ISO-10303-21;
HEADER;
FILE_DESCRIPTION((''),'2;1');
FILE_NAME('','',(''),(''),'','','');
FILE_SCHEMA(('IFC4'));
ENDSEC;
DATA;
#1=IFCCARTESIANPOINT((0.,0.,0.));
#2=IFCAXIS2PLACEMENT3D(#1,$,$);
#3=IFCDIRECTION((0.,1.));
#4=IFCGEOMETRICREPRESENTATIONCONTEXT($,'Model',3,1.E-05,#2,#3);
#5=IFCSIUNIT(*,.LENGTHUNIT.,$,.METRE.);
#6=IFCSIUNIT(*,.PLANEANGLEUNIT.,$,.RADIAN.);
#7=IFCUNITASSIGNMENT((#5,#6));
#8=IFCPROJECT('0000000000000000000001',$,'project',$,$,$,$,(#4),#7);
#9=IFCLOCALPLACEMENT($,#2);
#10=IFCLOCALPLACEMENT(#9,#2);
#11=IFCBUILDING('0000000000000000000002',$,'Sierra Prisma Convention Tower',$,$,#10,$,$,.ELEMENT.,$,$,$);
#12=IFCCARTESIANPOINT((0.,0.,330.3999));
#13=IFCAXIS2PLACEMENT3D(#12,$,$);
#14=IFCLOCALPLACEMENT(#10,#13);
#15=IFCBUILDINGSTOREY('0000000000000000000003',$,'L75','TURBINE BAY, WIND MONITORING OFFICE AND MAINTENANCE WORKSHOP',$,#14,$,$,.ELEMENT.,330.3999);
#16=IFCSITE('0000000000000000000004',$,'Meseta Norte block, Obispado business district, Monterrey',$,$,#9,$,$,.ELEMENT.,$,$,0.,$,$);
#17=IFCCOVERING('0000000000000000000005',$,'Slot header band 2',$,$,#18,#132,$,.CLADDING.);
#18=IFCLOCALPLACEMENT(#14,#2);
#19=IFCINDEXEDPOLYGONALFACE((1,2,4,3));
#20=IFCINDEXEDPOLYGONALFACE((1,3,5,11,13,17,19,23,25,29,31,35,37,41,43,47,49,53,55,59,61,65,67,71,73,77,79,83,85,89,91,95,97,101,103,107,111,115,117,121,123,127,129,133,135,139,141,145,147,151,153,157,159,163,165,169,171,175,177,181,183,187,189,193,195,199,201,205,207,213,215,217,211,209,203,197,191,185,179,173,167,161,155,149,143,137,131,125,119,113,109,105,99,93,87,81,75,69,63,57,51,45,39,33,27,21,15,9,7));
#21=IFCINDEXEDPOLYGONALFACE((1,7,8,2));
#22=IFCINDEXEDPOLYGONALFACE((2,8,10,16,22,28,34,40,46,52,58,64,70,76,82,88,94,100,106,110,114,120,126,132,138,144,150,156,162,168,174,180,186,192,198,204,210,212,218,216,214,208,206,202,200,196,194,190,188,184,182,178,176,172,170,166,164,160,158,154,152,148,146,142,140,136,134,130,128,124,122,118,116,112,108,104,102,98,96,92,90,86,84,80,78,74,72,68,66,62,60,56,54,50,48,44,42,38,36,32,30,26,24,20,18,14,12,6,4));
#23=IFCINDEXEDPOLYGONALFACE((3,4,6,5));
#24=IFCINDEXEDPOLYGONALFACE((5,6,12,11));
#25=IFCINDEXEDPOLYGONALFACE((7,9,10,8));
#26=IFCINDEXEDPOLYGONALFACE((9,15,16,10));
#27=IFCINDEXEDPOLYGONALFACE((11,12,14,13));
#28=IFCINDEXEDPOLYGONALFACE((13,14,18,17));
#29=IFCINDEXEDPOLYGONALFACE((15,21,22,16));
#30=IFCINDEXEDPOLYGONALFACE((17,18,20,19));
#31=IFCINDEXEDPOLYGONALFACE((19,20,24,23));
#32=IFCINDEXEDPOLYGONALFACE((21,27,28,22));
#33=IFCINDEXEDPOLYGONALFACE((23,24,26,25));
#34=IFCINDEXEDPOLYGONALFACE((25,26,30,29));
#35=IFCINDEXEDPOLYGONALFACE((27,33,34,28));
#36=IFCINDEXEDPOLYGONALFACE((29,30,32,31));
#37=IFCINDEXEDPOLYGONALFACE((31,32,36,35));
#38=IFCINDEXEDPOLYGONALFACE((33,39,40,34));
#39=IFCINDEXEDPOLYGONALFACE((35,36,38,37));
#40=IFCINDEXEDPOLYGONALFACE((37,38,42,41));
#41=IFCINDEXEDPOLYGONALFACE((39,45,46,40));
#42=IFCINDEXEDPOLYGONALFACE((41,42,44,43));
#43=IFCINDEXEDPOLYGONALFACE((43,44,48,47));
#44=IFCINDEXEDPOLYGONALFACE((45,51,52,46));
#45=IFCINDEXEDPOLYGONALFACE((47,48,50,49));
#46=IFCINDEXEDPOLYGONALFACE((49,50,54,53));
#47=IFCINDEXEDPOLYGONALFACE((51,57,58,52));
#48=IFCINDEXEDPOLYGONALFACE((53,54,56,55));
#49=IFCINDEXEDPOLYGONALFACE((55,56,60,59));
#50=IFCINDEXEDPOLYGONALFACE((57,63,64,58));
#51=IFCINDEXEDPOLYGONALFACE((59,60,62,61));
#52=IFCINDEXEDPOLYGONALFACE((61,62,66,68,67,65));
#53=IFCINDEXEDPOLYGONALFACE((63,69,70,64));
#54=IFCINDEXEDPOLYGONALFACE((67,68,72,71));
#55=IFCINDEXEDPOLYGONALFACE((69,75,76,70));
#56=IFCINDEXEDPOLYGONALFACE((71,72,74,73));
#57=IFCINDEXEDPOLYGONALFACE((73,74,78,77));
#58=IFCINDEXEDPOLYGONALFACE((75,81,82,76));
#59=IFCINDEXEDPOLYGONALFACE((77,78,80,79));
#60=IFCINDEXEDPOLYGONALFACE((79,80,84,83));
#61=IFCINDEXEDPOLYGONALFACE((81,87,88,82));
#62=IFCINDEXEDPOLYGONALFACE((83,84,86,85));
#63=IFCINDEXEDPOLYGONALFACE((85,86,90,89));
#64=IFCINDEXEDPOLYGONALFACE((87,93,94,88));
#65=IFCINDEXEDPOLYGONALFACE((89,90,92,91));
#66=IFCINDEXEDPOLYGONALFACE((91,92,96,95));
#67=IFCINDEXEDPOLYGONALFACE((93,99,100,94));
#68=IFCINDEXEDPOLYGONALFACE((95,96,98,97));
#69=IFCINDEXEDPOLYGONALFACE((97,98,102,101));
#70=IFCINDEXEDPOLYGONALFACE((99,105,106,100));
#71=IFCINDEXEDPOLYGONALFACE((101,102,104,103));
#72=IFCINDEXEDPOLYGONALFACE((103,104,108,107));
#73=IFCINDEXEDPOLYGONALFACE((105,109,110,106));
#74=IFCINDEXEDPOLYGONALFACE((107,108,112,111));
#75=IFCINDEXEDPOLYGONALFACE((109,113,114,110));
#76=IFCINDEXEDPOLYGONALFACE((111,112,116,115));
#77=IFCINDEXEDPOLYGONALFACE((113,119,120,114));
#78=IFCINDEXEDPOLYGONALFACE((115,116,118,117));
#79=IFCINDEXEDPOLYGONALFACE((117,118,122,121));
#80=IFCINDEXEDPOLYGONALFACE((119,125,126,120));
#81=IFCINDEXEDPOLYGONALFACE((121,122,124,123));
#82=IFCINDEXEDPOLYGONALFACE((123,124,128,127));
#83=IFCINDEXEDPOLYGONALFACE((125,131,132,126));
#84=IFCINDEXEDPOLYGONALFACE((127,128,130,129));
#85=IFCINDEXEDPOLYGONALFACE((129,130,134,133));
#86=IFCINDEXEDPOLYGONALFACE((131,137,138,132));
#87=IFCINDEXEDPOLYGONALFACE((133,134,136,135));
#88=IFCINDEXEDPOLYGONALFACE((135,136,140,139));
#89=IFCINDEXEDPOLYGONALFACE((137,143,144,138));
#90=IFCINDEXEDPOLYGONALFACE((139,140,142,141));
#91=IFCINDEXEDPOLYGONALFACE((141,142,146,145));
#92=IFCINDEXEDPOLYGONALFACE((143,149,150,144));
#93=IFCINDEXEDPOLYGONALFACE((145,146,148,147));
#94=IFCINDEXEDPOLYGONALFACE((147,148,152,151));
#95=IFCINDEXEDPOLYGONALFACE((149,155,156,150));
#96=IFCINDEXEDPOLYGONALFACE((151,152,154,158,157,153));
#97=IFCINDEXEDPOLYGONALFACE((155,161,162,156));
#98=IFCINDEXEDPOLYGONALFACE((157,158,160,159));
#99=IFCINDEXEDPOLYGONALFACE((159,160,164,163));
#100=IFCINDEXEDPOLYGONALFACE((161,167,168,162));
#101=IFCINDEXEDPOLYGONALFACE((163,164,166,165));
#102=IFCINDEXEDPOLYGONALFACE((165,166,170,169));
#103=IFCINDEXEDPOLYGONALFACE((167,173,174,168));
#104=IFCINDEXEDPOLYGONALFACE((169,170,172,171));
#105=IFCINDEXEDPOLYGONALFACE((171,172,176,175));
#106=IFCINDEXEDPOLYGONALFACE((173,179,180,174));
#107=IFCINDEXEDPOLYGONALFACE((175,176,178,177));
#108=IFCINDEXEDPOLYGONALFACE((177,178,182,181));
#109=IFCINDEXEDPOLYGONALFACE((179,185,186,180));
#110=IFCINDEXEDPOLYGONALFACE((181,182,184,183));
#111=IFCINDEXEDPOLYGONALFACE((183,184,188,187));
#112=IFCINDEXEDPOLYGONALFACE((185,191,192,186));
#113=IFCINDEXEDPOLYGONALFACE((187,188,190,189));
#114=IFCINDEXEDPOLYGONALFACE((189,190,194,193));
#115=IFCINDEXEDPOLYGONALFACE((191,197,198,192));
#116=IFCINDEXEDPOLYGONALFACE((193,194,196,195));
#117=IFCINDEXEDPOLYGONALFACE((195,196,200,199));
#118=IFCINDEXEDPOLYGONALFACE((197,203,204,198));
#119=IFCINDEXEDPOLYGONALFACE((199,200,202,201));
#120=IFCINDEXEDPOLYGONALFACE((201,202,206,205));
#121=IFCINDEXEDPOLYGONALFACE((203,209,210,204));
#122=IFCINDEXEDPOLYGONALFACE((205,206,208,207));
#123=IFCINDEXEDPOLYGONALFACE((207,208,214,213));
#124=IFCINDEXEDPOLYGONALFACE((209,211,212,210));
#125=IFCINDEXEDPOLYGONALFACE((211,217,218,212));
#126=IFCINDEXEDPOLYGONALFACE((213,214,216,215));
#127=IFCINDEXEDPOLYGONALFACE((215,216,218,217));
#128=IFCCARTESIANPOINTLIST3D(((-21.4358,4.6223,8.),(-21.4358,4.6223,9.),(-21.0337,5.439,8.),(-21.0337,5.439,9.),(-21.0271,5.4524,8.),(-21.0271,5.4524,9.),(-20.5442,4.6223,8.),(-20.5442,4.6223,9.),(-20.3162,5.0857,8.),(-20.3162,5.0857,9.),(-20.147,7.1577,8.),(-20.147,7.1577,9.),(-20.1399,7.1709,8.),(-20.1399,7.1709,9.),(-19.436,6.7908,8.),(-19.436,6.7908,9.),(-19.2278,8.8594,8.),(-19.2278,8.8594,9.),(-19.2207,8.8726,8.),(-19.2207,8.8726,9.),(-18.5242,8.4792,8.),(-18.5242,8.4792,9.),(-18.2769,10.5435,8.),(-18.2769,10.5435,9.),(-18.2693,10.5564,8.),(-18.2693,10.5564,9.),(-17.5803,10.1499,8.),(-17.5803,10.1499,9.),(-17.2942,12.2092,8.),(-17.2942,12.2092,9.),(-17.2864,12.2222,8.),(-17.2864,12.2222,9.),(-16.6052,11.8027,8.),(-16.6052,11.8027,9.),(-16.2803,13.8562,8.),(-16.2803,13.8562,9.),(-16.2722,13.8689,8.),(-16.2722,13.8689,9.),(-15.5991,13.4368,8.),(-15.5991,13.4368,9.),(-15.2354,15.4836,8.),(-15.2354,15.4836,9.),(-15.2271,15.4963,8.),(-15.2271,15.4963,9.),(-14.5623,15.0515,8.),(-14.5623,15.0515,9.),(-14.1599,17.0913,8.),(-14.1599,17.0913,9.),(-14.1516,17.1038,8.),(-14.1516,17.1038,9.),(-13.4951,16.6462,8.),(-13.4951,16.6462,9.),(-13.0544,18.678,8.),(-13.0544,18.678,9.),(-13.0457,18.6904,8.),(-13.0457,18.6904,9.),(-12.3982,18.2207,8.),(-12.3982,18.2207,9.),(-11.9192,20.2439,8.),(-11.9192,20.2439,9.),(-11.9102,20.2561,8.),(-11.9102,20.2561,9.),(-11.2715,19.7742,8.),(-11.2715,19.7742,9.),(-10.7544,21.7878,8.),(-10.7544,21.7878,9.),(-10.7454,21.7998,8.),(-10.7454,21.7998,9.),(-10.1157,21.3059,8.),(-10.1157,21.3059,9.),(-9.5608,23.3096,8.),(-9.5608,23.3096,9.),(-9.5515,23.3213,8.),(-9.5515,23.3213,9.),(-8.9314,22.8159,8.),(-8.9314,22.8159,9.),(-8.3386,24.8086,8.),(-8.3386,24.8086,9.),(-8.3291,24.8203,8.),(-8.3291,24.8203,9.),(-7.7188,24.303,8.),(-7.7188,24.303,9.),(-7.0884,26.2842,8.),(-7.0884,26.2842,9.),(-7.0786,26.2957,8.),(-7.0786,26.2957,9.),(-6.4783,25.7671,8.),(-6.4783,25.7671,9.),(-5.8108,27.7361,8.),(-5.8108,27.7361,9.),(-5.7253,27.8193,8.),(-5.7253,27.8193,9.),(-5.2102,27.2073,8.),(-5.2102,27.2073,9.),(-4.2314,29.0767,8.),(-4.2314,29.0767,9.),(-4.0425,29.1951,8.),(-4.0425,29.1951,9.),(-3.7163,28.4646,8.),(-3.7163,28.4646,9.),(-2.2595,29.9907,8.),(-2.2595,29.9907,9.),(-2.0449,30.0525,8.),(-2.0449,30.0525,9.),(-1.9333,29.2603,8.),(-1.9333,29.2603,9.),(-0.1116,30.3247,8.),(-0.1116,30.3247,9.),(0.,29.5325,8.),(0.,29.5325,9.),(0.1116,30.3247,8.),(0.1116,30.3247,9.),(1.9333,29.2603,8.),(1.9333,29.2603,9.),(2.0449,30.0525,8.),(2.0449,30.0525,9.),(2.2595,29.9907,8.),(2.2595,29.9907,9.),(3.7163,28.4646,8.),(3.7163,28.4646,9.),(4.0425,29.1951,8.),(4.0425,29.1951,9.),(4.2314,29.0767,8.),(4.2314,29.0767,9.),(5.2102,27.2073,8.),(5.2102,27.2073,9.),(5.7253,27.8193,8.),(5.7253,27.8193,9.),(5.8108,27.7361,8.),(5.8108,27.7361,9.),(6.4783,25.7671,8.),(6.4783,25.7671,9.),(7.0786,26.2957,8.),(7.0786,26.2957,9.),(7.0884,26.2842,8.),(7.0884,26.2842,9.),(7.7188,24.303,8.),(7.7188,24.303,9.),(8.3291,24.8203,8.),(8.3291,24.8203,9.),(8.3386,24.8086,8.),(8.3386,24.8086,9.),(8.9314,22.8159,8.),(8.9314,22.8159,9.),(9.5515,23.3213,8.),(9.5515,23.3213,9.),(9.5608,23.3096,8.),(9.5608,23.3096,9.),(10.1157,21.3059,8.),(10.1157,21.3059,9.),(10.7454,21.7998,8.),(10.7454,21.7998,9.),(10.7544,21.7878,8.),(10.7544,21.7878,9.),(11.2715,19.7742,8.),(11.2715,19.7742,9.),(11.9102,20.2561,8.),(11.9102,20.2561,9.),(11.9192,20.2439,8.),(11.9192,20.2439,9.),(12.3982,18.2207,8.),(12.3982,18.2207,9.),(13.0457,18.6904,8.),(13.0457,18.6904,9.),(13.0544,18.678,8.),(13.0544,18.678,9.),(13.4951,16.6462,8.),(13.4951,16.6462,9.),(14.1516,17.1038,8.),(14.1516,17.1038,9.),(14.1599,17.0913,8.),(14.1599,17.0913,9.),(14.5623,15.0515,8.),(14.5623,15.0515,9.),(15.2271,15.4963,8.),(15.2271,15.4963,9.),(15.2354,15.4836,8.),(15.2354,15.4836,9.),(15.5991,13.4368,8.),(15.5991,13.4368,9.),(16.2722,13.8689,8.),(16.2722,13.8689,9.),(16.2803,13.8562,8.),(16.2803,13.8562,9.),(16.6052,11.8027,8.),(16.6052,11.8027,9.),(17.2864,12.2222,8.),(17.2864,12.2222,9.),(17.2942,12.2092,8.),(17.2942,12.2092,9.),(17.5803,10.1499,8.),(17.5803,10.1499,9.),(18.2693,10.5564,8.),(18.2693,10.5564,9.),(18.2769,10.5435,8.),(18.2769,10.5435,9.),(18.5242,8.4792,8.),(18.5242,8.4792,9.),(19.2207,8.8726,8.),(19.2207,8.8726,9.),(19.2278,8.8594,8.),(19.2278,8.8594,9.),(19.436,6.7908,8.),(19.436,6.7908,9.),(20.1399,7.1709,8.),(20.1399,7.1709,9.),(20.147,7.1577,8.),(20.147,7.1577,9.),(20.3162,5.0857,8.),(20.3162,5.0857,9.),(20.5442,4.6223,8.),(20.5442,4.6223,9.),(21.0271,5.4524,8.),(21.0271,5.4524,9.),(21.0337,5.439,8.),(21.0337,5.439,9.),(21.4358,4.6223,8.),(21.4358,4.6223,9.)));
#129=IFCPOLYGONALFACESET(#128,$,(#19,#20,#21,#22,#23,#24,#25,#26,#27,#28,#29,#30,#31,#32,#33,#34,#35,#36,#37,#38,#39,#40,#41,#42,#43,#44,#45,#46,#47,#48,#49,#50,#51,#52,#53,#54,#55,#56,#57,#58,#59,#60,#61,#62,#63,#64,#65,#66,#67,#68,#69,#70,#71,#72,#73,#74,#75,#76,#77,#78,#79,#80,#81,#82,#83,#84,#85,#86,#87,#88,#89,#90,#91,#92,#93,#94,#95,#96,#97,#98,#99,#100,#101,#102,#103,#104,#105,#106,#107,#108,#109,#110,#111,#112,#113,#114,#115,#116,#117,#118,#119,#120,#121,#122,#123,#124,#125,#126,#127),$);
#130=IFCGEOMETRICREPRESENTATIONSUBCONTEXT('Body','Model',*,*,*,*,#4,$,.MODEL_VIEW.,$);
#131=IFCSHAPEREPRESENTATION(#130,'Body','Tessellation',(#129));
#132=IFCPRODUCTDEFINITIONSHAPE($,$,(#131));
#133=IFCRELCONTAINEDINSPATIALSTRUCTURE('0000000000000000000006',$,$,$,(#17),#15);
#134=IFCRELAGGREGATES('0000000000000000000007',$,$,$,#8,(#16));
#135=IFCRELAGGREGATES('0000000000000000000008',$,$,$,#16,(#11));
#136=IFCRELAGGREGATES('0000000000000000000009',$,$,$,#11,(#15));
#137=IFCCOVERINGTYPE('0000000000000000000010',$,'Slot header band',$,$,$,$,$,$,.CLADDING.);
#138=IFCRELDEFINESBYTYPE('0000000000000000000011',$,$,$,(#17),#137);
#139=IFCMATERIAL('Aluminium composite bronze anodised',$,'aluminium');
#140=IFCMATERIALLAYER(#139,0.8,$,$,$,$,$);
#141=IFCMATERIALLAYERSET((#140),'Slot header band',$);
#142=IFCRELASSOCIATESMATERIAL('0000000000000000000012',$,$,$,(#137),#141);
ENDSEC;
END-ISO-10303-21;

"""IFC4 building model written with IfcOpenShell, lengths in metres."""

from ifc_helpers import new_model, si_unit, direction, frame, origin, place, context, subcontext, project, spatial, polyline, outline, extrude, material, layer, layer_set, type_object, element, save


model = new_model("IFC4")

# Units and contexts
model_context = context("Model", 3, precision=1e-05, world=origin(), true_north=direction((0.0, 1.0)))
body_context = subcontext(model_context, "Body", "Model", "MODEL_VIEW")
ifc_project = project(units=[si_unit("LENGTHUNIT", "METRE"), si_unit("PLANEANGLEUNIT", "RADIAN")], contexts=[model_context])

# Site, building, storey
site_placement = place(None, origin())
site = spatial("IfcSite", under=ifc_project, at=site_placement, Name="Meseta Norte block, Obispado business district, Monterrey", CompositionType="ELEMENT", RefElevation=0.0)
building_placement = place(site_placement, origin())
building = spatial("IfcBuilding", under=site, at=building_placement, Name="Sierra Prisma Convention Tower", CompositionType="ELEMENT")
storey_placement = place(building_placement, frame((0.0, 0.0, 330.3999)))
storey = spatial("IfcBuildingStorey", under=building, at=storey_placement, Name="L75", Description="TURBINE BAY, WIND MONITORING OFFICE AND MAINTENANCE WORKSHOP", CompositionType="ELEMENT", Elevation=330.3999)

# Covering
ifc_material_1 = material(Name="Aluminium composite bronze anodised", Category="aluminium")
ifc_layer_1 = layer(ifc_material_1, 0.8)
ifc_layer_set_1 = layer_set([ifc_layer_1], Name="Slot header band")
covering_type_1 = type_object("IfcCoveringType", Name="Slot header band", PredefinedType="CLADDING", material=ifc_layer_set_1)
covering_1_placement = place(storey_placement, frame((0.0, 0.0, 8.0)))
element("IfcCovering", 1, at=covering_1_placement, inside=storey, type_object=covering_type_1, Name="Slot header band 2", PredefinedType="CLADDING", context=body_context, shape_type="SweptSolid", body=[
    extrude(outline(polyline([(-21.0337, 5.439), (-21.0271, 5.4524), (-20.147, 7.1577), (-20.1399, 7.1709), (-19.2278, 8.8594), (-19.2207, 8.8726), (-18.2769, 10.5435), (-18.2693, 10.5564), (-17.2942, 12.2092), (-17.2864, 12.2222), (-16.2803, 13.8562), (-16.2722, 13.8689), (-15.2354, 15.4836), (-15.2271, 15.4963), (-14.1599, 17.0913), (-14.1516, 17.1038), (-13.0544, 18.678), (-13.0457, 18.6904), (-11.9192, 20.2439), (-11.9102, 20.2561), (-10.7544, 21.7878), (-10.7454, 21.7998), (-9.5608, 23.3096), (-9.5515, 23.3213), (-8.3386, 24.8086), (-8.3291, 24.8203), (-7.0884, 26.2842), (-7.0786, 26.2957), (-5.8108, 27.7361), (-5.7253, 27.8193), (-4.2314, 29.0767), (-4.0425, 29.1951), (-2.2595, 29.9907), (-2.0449, 30.0525), (-0.1116, 30.3247), (0.1116, 30.3247), (2.0449, 30.0525), (2.2595, 29.9907), (4.0425, 29.1951), (4.2314, 29.0767), (5.7253, 27.8193), (5.8108, 27.7361), (7.0786, 26.2957), (7.0884, 26.2842), (8.3291, 24.8203), (8.3386, 24.8086), (9.5515, 23.3213), (9.5608, 23.3096), (10.7454, 21.7998), (10.7544, 21.7878), (11.9102, 20.2561), (11.9192, 20.2439), (13.0457, 18.6904), (13.0544, 18.678), (14.1516, 17.1038), (14.1599, 17.0913), (15.2271, 15.4963), (15.2354, 15.4836), (16.2722, 13.8689), (16.2803, 13.8562), (17.2864, 12.2222), (17.2942, 12.2092), (18.2693, 10.5564), (18.2769, 10.5435), (19.2207, 8.8726), (19.2278, 8.8594), (20.1399, 7.1709), (20.147, 7.1577), (21.0271, 5.4524), (21.0337, 5.439), (21.4358, 4.6223), (20.5442, 4.6223), (20.3162, 5.0857), (19.436, 6.7908), (18.5242, 8.4792), (17.5803, 10.1499), (16.6052, 11.8027), (15.5991, 13.4368), (14.5623, 15.0515), (13.4951, 16.6462), (12.3982, 18.2207), (11.2715, 19.7742), (10.1157, 21.3059), (8.9314, 22.8159), (7.7188, 24.303), (6.4783, 25.7671), (5.2102, 27.2073), (3.7163, 28.4646), (1.9333, 29.2603), (0.0, 29.5325), (-1.9333, 29.2603), (-3.7163, 28.4646), (-5.2102, 27.2073), (-6.4783, 25.7671), (-7.7188, 24.303), (-8.9314, 22.8159), (-10.1157, 21.3059), (-11.2715, 19.7742), (-12.3982, 18.2207), (-13.4951, 16.6462), (-14.5623, 15.0515), (-15.5991, 13.4368), (-16.6052, 11.8027), (-17.5803, 10.1499), (-18.5242, 8.4792), (-19.436, 6.7908), (-20.3162, 5.0857), (-20.5442, 4.6223), (-21.4358, 4.6223), (-21.0337, 5.439)])), origin(), (0.0, 0.0, 1.0), 1.0),
])

save(model, "model.ifc")
